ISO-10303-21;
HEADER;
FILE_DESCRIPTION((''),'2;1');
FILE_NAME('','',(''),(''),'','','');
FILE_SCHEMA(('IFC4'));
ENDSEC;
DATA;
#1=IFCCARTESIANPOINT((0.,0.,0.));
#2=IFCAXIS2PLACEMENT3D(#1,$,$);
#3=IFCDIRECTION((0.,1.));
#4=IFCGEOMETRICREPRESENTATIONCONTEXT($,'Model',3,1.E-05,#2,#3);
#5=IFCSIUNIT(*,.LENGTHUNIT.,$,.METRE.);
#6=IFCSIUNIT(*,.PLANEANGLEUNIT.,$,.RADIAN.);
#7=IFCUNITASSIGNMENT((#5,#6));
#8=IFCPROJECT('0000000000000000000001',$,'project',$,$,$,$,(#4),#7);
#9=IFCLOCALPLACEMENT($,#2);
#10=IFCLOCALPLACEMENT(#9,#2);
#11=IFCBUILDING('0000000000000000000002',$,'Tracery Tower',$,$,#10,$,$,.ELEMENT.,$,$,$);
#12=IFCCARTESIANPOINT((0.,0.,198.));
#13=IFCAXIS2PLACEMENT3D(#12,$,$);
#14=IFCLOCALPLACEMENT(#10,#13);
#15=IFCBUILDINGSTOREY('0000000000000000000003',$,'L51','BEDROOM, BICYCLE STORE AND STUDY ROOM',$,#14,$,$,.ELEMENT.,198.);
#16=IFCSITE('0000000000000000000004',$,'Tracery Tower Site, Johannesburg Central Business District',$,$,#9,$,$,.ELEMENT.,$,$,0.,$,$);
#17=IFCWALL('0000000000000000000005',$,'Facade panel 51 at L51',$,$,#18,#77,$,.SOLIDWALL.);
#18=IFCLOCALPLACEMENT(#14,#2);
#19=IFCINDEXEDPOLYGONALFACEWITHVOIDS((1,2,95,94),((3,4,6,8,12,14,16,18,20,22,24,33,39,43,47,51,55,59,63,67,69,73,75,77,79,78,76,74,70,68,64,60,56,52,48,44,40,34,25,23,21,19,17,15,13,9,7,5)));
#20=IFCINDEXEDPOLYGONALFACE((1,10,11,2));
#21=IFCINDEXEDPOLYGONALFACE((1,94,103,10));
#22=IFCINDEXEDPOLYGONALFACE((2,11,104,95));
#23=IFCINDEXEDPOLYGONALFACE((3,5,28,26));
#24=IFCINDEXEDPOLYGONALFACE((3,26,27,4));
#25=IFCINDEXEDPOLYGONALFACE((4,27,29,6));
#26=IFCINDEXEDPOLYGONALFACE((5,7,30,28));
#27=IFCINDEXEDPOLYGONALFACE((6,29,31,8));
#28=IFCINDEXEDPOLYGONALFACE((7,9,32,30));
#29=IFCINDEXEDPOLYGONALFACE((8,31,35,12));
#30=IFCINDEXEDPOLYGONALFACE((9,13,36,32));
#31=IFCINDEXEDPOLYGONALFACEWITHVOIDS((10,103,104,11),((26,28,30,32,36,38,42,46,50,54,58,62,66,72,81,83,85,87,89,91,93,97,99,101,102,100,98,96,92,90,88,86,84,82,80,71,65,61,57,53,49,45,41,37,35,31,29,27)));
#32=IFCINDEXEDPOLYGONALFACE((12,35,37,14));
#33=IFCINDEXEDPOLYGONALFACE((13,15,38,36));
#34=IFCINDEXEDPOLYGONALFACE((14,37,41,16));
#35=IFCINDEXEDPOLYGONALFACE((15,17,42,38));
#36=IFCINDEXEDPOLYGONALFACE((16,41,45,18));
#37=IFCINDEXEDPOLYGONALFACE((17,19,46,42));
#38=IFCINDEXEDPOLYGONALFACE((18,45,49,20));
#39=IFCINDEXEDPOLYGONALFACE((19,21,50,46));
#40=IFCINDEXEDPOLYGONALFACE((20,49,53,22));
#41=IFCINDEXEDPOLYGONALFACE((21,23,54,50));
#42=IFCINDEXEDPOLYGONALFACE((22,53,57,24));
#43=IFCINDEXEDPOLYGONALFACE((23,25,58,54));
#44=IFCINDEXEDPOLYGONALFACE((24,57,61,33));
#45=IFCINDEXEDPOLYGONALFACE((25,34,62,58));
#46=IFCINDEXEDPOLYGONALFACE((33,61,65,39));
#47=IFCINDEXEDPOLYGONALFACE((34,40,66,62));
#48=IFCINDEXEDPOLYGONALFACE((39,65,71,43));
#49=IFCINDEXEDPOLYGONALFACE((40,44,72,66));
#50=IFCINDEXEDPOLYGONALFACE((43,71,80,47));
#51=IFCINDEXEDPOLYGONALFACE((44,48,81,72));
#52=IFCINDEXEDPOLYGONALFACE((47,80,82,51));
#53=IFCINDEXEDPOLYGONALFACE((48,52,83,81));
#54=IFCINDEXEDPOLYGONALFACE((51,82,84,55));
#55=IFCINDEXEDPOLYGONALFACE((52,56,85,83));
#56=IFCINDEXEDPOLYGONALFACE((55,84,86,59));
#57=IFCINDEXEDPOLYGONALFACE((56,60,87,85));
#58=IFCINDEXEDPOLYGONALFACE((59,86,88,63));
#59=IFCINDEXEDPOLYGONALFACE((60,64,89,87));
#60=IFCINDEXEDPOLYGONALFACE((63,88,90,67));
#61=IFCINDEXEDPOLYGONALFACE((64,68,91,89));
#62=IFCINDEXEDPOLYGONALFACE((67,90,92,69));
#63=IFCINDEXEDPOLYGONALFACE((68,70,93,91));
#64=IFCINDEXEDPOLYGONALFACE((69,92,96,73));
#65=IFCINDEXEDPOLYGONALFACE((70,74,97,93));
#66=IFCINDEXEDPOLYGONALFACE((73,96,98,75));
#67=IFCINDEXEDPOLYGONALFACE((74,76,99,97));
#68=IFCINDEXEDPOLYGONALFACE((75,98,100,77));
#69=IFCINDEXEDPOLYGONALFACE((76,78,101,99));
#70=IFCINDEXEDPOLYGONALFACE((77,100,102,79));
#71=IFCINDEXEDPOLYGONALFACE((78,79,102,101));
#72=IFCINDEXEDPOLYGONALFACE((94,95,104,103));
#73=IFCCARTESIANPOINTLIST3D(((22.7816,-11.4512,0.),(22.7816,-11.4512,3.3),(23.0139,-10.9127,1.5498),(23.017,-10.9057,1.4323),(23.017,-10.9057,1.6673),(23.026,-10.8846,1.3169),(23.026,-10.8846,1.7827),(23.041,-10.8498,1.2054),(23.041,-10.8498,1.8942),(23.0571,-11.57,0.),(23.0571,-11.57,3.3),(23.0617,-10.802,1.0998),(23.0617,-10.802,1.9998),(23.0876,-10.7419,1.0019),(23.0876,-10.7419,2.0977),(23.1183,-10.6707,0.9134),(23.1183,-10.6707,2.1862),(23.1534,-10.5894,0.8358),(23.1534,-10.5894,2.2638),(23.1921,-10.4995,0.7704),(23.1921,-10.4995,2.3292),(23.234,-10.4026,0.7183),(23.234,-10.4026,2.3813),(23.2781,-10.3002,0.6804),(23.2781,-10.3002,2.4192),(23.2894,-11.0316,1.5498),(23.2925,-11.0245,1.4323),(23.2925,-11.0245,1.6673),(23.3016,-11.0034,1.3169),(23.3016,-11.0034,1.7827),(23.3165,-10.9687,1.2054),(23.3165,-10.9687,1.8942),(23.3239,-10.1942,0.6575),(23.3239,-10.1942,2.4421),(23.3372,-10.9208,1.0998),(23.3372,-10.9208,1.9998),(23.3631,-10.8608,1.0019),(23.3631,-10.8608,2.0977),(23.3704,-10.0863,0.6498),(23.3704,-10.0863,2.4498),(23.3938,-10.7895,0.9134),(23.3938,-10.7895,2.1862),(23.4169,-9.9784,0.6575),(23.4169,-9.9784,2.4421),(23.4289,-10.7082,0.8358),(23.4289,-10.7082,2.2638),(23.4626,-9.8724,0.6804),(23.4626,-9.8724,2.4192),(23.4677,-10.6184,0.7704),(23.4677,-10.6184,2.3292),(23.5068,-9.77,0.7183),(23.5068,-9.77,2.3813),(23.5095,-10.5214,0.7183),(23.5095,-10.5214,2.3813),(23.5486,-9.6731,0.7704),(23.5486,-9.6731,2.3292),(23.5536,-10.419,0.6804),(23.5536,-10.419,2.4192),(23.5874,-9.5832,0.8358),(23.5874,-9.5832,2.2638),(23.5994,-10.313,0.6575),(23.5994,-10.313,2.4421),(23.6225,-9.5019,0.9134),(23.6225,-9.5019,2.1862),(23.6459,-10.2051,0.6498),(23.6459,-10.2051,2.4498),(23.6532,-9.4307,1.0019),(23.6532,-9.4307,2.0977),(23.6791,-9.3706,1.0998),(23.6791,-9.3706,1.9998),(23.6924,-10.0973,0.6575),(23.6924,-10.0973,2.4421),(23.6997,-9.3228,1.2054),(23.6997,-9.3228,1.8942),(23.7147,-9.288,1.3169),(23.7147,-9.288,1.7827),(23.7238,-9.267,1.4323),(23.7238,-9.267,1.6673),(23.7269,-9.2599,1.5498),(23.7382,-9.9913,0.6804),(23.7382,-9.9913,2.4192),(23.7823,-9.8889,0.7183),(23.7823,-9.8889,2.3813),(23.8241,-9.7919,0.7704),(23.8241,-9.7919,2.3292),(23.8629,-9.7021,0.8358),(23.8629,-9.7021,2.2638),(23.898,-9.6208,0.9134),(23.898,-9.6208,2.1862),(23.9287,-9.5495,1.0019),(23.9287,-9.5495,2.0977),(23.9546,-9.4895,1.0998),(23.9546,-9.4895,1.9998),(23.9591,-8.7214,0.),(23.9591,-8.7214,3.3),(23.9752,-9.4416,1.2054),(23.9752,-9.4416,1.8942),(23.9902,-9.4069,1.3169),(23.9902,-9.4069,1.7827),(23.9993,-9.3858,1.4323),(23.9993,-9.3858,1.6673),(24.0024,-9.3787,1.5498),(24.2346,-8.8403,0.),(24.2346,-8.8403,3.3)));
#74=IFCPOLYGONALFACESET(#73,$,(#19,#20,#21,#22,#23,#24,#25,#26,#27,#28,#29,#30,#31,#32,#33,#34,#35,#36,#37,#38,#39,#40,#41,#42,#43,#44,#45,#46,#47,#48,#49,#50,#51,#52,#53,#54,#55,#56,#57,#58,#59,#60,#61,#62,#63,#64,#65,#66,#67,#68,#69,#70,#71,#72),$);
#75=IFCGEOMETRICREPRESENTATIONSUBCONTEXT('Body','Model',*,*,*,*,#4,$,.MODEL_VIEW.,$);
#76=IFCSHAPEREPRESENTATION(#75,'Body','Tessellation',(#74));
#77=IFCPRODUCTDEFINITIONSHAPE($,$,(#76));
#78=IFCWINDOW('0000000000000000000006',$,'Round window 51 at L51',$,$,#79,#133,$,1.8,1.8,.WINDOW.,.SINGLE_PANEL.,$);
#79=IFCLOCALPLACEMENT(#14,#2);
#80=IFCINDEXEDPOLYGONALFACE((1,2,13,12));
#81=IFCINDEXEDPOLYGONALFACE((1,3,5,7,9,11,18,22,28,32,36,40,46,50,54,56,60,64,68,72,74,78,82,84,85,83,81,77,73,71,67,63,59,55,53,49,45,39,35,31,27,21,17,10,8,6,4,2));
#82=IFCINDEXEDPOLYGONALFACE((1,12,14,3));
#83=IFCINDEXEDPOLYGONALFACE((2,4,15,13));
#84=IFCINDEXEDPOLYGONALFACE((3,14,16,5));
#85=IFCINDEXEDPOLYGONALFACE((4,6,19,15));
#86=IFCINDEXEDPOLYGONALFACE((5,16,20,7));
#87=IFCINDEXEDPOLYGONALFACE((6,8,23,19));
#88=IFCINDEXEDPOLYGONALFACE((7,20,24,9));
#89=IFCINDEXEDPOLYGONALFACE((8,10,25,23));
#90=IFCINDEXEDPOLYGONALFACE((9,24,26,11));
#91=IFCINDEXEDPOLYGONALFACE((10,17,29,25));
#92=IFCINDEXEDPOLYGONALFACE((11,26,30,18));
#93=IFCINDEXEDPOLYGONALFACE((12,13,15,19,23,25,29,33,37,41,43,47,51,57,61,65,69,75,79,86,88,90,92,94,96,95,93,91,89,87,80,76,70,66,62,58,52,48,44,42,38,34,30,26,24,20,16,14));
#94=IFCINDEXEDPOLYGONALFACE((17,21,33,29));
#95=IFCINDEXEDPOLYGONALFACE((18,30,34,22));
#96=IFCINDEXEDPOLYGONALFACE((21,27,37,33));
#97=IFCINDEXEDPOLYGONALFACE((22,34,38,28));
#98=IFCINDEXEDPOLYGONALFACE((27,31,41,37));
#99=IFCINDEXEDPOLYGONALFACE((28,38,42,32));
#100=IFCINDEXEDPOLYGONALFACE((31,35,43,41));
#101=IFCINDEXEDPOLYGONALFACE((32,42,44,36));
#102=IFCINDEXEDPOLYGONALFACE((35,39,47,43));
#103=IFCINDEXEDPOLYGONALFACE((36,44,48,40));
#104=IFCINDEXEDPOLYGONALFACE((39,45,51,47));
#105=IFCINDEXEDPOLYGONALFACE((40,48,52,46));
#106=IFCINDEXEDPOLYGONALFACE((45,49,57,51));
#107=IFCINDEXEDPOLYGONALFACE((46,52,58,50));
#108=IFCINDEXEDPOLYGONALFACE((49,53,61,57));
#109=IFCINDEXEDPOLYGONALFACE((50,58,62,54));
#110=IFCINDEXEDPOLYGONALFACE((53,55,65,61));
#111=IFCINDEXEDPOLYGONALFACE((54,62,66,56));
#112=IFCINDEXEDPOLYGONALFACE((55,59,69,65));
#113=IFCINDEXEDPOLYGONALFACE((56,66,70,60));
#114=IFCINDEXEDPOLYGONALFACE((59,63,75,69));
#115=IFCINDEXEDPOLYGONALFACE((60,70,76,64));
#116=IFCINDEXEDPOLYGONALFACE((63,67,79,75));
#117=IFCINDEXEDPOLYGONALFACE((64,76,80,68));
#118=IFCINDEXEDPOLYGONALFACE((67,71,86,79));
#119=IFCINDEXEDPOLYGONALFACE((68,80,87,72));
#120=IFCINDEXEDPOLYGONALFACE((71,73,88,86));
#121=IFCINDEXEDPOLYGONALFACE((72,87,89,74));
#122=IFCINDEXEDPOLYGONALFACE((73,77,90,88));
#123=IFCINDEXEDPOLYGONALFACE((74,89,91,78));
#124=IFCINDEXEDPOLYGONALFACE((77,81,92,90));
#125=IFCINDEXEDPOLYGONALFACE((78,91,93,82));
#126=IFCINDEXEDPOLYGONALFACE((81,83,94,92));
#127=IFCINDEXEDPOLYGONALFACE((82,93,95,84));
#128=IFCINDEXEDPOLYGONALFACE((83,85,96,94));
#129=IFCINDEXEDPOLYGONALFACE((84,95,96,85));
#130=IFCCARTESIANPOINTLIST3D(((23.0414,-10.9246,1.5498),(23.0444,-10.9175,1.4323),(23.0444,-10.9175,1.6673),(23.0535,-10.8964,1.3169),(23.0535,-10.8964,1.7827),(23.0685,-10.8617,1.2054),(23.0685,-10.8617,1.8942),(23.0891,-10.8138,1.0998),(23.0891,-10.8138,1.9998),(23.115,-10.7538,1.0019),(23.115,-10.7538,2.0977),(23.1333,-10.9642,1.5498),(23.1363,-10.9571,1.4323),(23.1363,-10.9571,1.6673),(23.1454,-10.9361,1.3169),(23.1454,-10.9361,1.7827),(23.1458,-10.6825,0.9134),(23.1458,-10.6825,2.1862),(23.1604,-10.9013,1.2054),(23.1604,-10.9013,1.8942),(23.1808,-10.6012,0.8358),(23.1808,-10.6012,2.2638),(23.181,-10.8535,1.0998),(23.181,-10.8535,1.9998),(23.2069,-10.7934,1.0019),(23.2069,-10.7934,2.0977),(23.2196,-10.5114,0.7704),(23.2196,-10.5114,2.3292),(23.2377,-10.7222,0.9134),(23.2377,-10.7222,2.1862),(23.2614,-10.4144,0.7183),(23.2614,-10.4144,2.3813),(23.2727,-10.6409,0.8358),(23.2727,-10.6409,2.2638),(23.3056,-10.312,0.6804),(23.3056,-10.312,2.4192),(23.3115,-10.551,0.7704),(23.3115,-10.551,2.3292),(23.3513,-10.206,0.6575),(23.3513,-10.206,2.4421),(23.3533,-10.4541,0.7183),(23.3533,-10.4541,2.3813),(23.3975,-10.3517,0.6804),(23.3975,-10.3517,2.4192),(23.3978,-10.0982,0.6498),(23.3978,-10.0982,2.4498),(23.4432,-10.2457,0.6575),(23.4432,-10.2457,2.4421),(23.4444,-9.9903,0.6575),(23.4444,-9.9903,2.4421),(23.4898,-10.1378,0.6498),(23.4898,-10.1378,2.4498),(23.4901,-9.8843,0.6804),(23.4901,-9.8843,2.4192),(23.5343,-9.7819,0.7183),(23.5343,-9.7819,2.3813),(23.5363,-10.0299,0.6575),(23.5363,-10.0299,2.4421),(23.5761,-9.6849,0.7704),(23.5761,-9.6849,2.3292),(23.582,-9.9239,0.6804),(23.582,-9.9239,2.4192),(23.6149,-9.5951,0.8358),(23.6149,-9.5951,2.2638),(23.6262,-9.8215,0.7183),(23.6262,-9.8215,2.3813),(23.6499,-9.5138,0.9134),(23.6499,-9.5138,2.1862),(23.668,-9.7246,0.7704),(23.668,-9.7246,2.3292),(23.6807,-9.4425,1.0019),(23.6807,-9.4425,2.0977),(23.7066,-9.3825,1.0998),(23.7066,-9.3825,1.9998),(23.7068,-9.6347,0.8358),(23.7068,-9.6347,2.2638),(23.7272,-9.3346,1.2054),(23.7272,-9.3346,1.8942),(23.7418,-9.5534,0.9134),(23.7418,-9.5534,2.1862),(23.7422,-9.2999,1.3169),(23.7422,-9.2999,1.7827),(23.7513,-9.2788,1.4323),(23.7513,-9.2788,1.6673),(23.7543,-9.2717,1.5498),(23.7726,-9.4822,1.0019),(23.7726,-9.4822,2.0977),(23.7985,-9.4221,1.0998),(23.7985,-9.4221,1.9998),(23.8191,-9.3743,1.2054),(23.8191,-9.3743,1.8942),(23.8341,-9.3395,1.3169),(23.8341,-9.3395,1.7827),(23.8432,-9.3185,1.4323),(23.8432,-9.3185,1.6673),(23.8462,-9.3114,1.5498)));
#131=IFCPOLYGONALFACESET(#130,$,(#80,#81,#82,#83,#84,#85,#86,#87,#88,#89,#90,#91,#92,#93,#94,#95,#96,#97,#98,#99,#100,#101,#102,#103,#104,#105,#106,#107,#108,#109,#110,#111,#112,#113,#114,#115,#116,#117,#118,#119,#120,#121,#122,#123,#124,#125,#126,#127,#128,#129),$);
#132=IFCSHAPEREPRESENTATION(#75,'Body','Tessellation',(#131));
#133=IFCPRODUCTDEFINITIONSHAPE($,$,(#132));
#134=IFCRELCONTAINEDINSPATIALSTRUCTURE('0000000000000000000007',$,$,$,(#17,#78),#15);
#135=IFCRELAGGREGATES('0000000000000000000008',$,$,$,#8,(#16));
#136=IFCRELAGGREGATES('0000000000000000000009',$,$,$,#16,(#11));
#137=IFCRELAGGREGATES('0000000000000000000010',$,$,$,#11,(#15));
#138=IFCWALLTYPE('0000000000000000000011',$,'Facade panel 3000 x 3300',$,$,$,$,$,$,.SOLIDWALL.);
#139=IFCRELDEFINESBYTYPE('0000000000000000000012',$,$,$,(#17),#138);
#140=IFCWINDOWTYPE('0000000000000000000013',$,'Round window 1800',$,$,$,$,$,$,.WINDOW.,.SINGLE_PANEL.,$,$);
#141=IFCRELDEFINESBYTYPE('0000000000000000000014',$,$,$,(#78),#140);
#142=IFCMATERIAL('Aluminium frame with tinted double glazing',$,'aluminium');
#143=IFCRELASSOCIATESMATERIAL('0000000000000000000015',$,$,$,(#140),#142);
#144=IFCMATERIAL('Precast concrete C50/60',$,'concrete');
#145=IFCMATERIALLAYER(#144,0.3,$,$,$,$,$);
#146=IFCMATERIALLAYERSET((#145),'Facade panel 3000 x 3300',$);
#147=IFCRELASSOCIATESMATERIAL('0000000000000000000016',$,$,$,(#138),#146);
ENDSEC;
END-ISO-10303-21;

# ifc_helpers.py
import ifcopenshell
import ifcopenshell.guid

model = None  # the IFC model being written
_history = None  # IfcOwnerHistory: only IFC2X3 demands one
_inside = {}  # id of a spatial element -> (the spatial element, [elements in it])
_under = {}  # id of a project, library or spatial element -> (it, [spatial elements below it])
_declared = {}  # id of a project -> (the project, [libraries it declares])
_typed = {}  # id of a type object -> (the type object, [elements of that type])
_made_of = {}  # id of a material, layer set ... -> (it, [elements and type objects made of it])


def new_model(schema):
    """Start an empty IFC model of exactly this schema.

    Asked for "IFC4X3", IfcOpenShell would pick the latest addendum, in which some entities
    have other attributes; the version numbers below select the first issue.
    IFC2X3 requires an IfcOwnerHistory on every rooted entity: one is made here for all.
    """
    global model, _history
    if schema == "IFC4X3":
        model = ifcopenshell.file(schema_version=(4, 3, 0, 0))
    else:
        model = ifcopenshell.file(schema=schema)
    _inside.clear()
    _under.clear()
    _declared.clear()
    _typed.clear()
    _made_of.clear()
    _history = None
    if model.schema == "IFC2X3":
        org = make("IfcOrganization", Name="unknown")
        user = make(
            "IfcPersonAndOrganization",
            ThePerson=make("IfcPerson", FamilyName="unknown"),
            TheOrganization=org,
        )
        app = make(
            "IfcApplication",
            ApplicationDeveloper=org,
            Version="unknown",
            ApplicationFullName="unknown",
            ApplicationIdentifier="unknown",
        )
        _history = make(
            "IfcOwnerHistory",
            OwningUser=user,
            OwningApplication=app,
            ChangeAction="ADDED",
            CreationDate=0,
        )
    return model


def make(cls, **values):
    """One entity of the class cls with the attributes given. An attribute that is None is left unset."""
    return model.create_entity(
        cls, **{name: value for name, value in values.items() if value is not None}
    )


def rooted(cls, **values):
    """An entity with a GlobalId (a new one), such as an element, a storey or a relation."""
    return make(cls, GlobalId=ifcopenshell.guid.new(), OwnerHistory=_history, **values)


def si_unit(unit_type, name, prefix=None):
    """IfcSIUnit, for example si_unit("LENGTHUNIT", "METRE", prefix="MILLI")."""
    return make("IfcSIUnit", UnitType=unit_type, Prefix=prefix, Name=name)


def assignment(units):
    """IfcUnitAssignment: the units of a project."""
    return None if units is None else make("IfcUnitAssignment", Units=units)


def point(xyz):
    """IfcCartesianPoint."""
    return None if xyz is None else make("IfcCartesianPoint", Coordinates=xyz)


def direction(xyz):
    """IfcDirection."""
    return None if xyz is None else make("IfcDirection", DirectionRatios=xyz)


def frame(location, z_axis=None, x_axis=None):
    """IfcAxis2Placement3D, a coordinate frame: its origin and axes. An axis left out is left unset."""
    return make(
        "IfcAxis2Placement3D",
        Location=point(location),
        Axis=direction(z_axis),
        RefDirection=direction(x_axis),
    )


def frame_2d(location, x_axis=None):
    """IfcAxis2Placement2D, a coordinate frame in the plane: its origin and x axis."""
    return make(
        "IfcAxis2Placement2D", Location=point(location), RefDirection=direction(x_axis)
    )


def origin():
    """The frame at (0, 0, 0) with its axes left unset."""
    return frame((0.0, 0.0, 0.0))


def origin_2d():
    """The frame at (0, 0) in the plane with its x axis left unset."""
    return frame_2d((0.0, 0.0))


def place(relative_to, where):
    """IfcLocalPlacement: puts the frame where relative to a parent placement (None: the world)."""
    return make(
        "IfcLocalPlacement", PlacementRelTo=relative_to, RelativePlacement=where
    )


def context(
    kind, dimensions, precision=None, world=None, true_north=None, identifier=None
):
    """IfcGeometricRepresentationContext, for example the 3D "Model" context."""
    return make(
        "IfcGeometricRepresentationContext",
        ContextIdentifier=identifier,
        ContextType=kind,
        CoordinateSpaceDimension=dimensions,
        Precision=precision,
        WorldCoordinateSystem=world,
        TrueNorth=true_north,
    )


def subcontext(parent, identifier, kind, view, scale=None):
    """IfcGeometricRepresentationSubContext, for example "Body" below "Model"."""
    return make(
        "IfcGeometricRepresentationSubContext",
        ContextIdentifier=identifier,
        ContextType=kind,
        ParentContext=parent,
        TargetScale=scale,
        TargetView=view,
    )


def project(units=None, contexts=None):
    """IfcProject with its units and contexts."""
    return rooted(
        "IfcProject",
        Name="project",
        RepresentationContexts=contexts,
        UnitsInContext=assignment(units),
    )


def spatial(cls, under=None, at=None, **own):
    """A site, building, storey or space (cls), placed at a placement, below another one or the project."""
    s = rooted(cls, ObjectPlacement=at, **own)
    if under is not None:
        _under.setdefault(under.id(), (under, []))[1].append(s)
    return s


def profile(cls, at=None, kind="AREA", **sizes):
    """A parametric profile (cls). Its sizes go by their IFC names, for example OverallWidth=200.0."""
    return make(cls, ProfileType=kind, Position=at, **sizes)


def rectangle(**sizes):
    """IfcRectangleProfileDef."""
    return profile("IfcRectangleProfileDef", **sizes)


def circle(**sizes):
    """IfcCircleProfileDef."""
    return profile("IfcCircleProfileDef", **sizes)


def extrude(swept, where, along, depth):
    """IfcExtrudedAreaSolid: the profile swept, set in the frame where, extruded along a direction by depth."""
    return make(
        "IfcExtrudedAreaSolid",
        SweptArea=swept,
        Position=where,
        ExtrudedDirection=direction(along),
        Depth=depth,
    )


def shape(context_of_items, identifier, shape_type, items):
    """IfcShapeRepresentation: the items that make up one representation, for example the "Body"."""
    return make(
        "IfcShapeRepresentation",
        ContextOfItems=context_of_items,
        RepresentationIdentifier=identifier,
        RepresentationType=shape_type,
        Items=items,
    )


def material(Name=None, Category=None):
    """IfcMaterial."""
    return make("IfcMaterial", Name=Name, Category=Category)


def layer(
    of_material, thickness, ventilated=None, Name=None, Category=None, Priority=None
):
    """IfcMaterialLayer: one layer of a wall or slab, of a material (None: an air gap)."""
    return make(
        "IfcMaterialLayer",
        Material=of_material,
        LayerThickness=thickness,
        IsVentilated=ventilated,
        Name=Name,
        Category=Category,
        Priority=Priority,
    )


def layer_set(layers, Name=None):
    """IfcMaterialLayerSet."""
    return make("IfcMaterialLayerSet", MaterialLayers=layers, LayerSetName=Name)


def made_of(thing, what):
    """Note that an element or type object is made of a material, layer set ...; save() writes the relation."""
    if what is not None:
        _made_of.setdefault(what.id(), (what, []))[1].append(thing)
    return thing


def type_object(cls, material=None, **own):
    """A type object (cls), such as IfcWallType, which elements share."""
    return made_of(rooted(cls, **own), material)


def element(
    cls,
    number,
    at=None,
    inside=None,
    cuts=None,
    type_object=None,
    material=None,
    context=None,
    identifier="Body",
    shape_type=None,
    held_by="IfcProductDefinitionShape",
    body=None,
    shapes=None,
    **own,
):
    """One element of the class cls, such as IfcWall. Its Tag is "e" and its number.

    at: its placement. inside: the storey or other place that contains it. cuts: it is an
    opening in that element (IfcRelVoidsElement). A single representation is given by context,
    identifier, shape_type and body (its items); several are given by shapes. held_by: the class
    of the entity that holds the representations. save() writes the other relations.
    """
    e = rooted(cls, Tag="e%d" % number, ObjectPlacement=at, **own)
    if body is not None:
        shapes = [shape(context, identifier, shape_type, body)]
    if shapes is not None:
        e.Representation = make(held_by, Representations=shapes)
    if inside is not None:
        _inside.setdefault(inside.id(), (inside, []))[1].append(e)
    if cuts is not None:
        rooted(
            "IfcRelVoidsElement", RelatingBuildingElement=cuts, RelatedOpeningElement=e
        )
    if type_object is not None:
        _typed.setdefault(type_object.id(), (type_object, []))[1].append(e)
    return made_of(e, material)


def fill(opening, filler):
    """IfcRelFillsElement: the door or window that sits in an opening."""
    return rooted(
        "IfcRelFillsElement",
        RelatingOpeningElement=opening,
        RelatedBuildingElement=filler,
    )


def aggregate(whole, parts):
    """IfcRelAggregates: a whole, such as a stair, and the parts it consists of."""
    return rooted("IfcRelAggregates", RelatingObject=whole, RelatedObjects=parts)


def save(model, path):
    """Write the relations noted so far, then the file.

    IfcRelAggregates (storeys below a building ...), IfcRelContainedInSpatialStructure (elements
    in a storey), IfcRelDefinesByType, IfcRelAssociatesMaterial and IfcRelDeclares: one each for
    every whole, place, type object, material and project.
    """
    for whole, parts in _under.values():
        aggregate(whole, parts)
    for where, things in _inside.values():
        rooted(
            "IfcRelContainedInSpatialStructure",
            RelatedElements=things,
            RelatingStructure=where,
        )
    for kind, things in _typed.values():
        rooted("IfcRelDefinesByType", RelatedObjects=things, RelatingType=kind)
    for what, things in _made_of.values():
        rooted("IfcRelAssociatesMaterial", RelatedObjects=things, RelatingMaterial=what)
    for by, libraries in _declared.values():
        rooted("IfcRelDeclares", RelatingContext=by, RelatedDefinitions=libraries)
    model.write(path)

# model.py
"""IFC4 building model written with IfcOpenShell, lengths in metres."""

from ifc_helpers import new_model, si_unit, direction, frame, frame_2d, origin, origin_2d, place, context, subcontext, project, spatial, rectangle, circle, extrude, material, layer, layer_set, type_object, element, fill, save


model = new_model("IFC4")

# Units and contexts
model_context = context("Model", 3, precision=1e-05, world=origin(), true_north=direction((0.0, 1.0)))
body_context = subcontext(model_context, "Body", "Model", "MODEL_VIEW")
ifc_project = project(units=[si_unit("LENGTHUNIT", "METRE"), si_unit("PLANEANGLEUNIT", "RADIAN")], contexts=[model_context])

# Site, building, storey
site_placement = place(None, origin())
site = spatial("IfcSite", under=ifc_project, at=site_placement, Name="Tracery Tower Site, Johannesburg Central Business District", CompositionType="ELEMENT", RefElevation=0.0)
building_placement = place(site_placement, origin())
building = spatial("IfcBuilding", under=site, at=building_placement, Name="Tracery Tower", CompositionType="ELEMENT")
storey_placement = place(building_placement, frame((0.0, 0.0, 198.0)))
storey = spatial("IfcBuildingStorey", under=building, at=storey_placement, Name="L51", Description="BEDROOM, BICYCLE STORE AND STUDY ROOM", CompositionType="ELEMENT", Elevation=198.0)

# Wall, opening, window
ifc_material_1 = material(Name="Aluminium frame with tinted double glazing", Category="aluminium")
window_type = type_object("IfcWindowType", Name="Round window 1800", PartitioningType="SINGLE_PANEL", PredefinedType="WINDOW", material=ifc_material_1)
ifc_material_2 = material(Name="Precast concrete C50/60", Category="concrete")
ifc_layer_1 = layer(ifc_material_2, 0.3)
ifc_layer_set_1 = layer_set([ifc_layer_1], Name="Facade panel 3000 x 3300")
wall_type_1 = type_object("IfcWallType", Name="Facade panel 3000 x 3300", PredefinedType="SOLIDWALL", material=ifc_layer_set_1)
wall_1_placement = place(storey_placement, frame((22.9194, -11.5105, 0.0), z_axis=(0.0, 0.0, 1.0), x_axis=(0.396079, 0.918216, 0.0)))
wall_1 = element("IfcWall", 1, at=wall_1_placement, inside=storey, type_object=wall_type_1, Name="Facade panel 51 at L51", PredefinedType="SOLIDWALL", context=body_context, shape_type="SweptSolid", body=[
    extrude(rectangle(XDim=2.9729, YDim=0.3, at=frame_2d((1.4863, 0.0))), origin(), (0.0, 0.0, 1.0), 3.3),
])
opening_1_placement = place(wall_1_placement, frame((1.4863, 0.0, 1.5498)))
opening_1 = element("IfcOpeningElement", 2, at=opening_1_placement, cuts=wall_1, PredefinedType="OPENING", context=body_context, shape_type="SweptSolid", body=[
    extrude(circle(Radius=0.9, at=origin_2d()), frame((0.0, 0.1599, 0.0), z_axis=(0.0, -1.0, 0.0), x_axis=(1.0, 0.0, 0.0)), (0.0, 0.0, 1.0), 0.3201),
])
window_1_placement = place(opening_1_placement, origin())
window_1 = element("IfcWindow", 3, at=window_1_placement, inside=storey, type_object=window_type, Name="Round window 51 at L51", OverallHeight=1.8, OverallWidth=1.8, PartitioningType="SINGLE_PANEL", PredefinedType="WINDOW", context=body_context, shape_type="SweptSolid", body=[
    extrude(circle(Radius=0.9, at=origin_2d()), frame((0.0, 0.1201, 0.0), z_axis=(0.0, -1.0, 0.0), x_axis=(1.0, 0.0, 0.0)), (0.0, 0.0, 1.0), 0.1001),
])
fill(opening_1, window_1)

save(model, "model.ifc")
